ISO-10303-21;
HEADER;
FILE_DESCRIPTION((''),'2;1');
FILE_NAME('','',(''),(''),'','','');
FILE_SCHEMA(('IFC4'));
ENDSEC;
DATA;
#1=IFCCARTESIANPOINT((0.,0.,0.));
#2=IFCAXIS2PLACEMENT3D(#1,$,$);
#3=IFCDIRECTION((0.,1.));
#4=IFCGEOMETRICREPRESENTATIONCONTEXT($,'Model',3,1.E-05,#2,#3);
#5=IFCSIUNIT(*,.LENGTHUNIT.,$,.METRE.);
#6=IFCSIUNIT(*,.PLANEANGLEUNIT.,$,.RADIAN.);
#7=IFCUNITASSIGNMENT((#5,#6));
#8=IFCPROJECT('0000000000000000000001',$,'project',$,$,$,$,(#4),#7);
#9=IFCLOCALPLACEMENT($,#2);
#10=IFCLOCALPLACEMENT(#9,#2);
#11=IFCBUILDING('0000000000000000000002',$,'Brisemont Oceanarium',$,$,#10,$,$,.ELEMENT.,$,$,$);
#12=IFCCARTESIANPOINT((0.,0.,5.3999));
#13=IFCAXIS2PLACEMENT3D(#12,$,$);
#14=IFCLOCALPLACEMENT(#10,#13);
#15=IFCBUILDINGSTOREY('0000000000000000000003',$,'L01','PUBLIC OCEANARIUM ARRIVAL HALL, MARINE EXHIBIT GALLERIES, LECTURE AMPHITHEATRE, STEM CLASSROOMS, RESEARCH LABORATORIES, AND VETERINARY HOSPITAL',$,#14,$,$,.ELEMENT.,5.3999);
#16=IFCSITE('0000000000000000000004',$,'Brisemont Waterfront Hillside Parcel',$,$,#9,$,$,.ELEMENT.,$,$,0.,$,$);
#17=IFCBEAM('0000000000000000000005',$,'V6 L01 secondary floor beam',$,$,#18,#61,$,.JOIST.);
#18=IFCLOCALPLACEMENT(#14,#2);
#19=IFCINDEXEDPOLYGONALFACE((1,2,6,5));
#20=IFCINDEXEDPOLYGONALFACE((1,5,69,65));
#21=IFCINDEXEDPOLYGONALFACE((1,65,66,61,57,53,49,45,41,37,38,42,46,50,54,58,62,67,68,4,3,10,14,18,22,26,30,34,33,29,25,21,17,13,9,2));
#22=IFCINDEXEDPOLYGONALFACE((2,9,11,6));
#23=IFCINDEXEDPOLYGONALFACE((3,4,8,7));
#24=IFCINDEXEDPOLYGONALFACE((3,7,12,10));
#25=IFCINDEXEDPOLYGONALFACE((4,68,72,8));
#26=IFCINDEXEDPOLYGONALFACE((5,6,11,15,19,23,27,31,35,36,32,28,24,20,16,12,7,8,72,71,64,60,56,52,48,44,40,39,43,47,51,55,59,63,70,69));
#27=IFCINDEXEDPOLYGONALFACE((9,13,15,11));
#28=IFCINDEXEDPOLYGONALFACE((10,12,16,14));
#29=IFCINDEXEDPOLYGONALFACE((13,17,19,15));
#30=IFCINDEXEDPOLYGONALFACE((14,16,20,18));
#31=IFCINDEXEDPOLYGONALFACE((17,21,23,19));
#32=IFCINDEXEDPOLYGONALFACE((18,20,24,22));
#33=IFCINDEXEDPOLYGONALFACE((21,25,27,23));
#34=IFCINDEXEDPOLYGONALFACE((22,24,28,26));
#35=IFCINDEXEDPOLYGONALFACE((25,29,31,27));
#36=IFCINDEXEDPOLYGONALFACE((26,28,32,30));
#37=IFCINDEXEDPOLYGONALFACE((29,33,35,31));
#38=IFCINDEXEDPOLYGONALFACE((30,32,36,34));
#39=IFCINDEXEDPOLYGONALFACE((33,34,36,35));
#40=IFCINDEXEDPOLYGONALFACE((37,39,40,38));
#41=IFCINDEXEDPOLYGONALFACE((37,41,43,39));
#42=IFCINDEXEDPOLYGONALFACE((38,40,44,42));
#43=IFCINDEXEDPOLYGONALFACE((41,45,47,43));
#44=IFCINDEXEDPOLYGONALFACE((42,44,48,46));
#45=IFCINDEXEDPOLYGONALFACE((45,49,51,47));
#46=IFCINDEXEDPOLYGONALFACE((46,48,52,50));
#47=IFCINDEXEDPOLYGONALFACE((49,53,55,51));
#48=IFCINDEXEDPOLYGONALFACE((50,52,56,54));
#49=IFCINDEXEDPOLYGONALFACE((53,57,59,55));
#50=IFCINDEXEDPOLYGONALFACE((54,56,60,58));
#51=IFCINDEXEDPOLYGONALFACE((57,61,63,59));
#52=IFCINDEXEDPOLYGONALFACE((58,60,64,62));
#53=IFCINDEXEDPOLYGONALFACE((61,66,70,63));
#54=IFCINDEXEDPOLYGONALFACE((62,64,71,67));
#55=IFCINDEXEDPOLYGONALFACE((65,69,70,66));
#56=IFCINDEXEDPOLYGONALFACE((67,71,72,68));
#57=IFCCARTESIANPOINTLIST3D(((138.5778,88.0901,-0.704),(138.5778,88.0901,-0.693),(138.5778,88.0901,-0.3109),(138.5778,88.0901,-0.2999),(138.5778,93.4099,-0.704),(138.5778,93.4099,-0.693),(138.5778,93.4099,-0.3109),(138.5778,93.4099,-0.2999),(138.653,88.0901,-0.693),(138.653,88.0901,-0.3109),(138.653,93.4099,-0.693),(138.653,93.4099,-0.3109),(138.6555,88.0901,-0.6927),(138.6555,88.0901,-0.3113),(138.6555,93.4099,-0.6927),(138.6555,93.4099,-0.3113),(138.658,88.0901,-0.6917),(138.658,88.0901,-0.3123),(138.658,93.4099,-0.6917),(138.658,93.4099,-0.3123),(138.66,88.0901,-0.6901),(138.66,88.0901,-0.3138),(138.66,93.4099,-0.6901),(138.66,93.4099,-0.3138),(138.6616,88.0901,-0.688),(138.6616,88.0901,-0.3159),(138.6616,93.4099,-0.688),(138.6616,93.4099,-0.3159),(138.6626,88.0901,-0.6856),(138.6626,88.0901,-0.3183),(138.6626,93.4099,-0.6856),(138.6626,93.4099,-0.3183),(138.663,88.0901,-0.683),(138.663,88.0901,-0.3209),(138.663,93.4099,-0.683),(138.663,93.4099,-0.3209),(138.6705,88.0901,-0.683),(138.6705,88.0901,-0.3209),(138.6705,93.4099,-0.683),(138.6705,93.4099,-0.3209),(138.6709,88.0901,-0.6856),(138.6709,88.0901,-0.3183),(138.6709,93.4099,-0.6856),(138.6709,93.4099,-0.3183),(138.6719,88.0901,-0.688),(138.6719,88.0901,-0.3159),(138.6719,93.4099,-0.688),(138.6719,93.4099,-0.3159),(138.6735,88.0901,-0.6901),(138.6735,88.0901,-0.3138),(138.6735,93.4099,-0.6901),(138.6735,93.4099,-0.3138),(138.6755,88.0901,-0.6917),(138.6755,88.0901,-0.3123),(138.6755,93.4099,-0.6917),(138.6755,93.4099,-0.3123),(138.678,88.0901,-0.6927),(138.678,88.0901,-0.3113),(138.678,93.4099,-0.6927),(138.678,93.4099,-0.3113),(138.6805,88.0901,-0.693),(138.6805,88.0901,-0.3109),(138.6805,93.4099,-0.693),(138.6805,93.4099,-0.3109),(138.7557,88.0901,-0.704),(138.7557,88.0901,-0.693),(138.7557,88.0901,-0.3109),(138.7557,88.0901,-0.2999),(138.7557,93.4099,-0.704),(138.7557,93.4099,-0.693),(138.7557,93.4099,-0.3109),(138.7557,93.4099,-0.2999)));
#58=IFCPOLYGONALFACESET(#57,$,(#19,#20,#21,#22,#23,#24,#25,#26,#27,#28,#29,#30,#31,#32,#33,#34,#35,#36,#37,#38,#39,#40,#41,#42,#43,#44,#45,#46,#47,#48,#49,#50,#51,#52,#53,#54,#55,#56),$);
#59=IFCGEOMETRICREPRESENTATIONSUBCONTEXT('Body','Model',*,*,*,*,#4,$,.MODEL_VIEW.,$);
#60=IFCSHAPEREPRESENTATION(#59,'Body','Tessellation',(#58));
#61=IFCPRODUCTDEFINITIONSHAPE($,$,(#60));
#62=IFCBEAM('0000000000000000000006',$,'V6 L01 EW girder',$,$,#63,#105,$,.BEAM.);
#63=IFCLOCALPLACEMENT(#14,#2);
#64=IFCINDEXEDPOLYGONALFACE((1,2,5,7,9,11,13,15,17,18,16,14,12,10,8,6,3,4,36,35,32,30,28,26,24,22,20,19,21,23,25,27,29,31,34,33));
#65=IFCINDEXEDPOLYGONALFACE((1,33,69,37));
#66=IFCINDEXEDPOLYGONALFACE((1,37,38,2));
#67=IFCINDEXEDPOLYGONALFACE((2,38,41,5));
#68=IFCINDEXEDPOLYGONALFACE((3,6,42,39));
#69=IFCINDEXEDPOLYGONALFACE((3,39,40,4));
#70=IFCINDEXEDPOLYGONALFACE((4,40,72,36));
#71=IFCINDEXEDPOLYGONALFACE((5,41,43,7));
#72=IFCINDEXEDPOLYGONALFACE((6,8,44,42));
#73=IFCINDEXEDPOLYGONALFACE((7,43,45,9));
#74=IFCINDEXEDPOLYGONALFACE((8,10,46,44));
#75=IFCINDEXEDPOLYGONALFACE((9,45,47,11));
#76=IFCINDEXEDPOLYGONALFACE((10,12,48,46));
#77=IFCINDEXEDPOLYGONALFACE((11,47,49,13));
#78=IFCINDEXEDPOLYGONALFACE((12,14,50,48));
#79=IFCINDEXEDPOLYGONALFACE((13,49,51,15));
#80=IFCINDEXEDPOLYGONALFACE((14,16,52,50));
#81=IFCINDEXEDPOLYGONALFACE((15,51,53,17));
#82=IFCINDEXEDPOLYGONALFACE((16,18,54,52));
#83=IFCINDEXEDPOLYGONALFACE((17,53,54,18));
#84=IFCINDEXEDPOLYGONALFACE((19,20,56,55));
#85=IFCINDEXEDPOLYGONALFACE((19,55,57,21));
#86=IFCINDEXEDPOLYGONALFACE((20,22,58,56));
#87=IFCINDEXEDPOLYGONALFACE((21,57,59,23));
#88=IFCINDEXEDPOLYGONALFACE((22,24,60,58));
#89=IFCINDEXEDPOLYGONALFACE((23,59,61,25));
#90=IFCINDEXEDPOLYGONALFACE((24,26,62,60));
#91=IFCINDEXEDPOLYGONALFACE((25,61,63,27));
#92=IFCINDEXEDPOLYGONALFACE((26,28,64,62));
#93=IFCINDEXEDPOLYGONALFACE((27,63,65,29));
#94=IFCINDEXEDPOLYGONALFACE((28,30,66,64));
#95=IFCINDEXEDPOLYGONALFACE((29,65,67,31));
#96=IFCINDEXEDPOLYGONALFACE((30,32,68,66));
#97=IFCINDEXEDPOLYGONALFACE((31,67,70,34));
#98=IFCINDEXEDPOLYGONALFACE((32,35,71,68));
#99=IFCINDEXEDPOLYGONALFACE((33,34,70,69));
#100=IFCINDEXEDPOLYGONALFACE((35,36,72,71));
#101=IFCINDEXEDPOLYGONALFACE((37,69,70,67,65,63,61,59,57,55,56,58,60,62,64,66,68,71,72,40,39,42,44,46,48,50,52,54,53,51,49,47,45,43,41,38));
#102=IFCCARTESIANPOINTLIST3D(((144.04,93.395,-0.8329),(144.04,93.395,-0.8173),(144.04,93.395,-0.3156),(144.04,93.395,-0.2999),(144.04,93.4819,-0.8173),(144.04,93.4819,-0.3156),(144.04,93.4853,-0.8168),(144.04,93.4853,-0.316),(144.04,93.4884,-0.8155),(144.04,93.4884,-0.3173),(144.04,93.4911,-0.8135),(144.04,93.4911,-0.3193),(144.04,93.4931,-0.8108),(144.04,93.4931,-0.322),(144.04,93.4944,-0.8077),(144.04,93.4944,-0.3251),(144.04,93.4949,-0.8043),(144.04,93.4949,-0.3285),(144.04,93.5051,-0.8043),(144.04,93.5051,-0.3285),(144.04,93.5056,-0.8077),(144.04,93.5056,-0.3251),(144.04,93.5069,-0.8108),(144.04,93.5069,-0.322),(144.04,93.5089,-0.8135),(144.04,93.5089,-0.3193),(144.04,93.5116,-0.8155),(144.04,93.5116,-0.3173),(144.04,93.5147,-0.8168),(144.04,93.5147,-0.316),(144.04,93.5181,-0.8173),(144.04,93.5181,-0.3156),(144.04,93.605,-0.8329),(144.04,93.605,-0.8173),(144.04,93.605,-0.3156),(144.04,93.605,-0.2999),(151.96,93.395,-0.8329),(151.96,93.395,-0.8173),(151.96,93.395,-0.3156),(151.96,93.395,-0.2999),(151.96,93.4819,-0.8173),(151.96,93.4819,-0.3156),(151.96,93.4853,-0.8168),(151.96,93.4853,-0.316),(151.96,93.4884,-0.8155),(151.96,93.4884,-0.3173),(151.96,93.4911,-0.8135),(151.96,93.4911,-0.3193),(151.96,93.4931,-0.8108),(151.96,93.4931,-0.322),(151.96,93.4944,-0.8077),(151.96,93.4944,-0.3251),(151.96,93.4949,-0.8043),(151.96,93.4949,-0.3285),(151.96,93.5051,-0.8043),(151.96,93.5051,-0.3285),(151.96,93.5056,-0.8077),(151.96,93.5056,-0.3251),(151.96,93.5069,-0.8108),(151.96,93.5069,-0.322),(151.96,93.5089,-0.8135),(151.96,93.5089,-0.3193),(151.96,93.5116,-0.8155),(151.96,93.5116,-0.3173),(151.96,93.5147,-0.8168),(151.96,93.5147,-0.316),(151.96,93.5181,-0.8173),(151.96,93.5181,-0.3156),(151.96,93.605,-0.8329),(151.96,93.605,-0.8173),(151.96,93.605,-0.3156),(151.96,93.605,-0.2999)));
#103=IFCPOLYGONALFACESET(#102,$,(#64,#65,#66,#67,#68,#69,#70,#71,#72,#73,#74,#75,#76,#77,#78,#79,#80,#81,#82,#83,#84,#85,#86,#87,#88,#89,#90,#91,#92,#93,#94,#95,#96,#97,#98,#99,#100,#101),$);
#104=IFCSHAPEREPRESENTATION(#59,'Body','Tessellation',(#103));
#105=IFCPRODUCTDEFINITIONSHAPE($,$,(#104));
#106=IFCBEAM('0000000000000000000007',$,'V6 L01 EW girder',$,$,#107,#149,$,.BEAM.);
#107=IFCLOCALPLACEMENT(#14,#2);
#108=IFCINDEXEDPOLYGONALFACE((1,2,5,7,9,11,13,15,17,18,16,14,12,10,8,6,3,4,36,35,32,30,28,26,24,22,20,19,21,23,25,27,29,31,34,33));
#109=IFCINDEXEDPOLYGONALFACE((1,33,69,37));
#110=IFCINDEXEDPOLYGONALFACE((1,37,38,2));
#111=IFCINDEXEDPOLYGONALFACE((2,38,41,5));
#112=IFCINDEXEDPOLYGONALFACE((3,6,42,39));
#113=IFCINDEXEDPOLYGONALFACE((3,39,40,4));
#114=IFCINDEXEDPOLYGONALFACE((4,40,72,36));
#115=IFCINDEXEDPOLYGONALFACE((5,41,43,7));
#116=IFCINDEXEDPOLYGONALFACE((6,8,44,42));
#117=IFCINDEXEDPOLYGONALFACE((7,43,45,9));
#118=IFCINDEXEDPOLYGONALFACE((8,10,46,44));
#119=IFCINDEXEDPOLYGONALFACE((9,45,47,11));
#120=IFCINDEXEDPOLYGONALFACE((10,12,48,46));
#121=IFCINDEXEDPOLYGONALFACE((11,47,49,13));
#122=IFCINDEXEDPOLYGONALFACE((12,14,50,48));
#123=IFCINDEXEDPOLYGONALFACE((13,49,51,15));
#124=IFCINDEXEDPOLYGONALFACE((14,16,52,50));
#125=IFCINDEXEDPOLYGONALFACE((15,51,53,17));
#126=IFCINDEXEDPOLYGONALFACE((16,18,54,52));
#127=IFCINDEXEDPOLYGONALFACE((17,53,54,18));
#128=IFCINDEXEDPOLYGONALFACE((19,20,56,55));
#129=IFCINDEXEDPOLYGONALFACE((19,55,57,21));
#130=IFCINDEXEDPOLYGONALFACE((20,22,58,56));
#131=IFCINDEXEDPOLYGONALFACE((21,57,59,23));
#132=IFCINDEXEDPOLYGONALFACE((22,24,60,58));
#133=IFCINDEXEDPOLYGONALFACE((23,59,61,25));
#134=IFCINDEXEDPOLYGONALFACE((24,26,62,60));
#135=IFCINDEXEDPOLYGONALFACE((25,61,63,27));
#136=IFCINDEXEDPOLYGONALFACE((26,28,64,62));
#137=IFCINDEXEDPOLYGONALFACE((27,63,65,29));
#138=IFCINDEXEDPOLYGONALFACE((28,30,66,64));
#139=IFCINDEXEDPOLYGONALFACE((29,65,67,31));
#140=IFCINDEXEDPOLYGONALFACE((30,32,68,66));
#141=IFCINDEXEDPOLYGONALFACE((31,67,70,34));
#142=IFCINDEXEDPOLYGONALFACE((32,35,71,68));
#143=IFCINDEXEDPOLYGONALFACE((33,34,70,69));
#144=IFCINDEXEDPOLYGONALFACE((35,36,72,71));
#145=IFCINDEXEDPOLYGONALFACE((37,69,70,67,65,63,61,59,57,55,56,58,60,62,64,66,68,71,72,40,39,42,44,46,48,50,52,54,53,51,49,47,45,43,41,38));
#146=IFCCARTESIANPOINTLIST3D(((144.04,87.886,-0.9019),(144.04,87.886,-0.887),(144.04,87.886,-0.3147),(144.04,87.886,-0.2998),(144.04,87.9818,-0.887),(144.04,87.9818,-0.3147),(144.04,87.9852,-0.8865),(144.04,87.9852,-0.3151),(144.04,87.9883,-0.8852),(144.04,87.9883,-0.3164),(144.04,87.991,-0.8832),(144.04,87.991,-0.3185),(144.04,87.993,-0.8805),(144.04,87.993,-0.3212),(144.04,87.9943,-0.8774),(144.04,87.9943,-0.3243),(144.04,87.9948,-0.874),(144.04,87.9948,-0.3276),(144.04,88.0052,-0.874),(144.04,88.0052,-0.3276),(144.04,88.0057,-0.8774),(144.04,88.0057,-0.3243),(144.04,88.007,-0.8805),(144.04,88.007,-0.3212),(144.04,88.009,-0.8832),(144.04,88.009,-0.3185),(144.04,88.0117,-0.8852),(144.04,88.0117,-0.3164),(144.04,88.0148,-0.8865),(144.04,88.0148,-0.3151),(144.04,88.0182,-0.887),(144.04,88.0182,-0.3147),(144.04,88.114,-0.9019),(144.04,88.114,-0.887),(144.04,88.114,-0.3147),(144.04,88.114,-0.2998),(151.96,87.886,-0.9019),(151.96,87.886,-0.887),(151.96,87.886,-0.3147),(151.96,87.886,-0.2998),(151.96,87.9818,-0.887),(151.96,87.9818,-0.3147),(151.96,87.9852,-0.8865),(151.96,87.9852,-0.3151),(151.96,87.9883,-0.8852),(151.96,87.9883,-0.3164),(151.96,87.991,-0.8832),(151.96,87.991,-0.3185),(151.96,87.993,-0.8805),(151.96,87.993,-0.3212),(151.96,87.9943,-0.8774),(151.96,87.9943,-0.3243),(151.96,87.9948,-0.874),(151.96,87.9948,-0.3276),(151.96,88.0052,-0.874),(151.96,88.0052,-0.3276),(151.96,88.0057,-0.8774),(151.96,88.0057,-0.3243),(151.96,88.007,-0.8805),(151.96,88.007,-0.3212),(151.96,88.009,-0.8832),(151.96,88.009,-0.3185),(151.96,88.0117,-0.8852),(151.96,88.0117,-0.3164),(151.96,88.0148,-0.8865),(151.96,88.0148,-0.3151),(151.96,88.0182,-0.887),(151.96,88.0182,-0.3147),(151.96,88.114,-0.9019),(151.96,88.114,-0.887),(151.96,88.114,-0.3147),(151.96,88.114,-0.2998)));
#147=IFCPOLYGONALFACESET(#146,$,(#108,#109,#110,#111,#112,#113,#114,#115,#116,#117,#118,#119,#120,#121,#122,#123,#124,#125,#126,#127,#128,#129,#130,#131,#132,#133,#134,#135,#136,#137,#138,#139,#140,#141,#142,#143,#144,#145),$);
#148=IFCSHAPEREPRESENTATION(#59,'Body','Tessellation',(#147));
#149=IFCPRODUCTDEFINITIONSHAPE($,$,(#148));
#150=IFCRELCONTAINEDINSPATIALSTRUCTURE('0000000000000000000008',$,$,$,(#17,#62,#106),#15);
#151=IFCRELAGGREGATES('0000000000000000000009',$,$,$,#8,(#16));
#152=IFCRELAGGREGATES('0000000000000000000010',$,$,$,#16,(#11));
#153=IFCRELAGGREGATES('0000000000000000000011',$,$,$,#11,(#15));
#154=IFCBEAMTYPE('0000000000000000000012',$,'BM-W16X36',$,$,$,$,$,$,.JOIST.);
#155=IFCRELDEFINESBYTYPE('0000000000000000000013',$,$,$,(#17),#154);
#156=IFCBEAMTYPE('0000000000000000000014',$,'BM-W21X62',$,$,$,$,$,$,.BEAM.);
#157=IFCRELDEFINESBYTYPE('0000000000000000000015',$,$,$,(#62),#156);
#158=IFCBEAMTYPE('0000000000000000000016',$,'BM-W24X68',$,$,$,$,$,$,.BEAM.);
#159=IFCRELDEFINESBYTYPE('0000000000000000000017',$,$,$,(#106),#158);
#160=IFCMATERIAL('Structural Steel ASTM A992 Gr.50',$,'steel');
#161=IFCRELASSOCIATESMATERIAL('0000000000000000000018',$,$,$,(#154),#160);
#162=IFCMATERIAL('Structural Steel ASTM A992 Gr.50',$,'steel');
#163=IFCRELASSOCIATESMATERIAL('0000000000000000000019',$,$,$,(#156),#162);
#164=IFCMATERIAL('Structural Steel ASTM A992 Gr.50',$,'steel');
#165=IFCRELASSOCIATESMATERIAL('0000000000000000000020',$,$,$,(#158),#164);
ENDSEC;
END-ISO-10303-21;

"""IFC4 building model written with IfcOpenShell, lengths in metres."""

from ifc_helpers import new_model, si_unit, direction, frame, origin, origin_2d, place, context, subcontext, project, spatial, i_section, extrude, material, material_profile, profile_set, type_object, element, save


model = new_model("IFC4")

# Units and contexts
model_context = context("Model", 3, precision=1e-05, world=origin(), true_north=direction((0.0, 1.0)))
body_context = subcontext(model_context, "Body", "Model", "MODEL_VIEW")
ifc_project = project(units=[si_unit("LENGTHUNIT", "METRE"), si_unit("PLANEANGLEUNIT", "RADIAN")], contexts=[model_context])

# Site, building, storey
site_placement = place(None, origin())
site = spatial("IfcSite", under=ifc_project, at=site_placement, Name="Brisemont Waterfront Hillside Parcel", CompositionType="ELEMENT", RefElevation=0.0)
building_placement = place(site_placement, origin())
building = spatial("IfcBuilding", under=site, at=building_placement, Name="Brisemont Oceanarium", CompositionType="ELEMENT")
storey_placement = place(building_placement, frame((0.0, 0.0, 5.3999)))
storey = spatial("IfcBuildingStorey", under=building, at=storey_placement, Name="L01", Description="PUBLIC OCEANARIUM ARRIVAL HALL, MARINE EXHIBIT GALLERIES, LECTURE AMPHITHEATRE, STEM CLASSROOMS, RESEARCH LABORATORIES, AND VETERINARY HOSPITAL", CompositionType="ELEMENT", Elevation=5.3999)

# Beams
ifc_material_1 = material(Name="Structural Steel ASTM A992 Gr.50", Category="steel")
ifc_material_profile_1 = material_profile(ifc_material_1, i_section(OverallWidth=0.178, OverallDepth=0.4041, WebThickness=0.0076, FlangeThickness=0.011, FilletRadius=0.01, at=origin_2d()), Name="W16X36")
ifc_profile_set_1 = profile_set([ifc_material_profile_1], Name="Structural Steel ASTM A992 Gr.50")
beam_type_1 = type_object("IfcBeamType", Name="BM-W16X36", PredefinedType="JOIST", material=ifc_profile_set_1)
beam_1_placement = place(storey_placement, frame((138.6667, 88.0901, -0.502), z_axis=(0.0, 1.0, 0.0), x_axis=(-1.0, 0.0, 0.0)))
element("IfcBeam", 1, at=beam_1_placement, inside=storey, type_object=beam_type_1, Name="V6 L01 secondary floor beam", PredefinedType="JOIST", context=body_context, shape_type="SweptSolid", body=[
    extrude(i_section(OverallWidth=0.178, OverallDepth=0.4041, WebThickness=0.0076, FlangeThickness=0.011, FilletRadius=0.01, at=origin_2d()), origin(), (0.0, 0.0, 1.0), 5.3198),
])
ifc_material_2 = material(Name="Structural Steel ASTM A992 Gr.50", Category="steel")
ifc_material_profile_2 = material_profile(ifc_material_2, i_section(OverallWidth=0.21, OverallDepth=0.533, WebThickness=0.0103, FlangeThickness=0.0156, FilletRadius=0.0129, at=origin_2d()), Name="W21X62")
ifc_profile_set_2 = profile_set([ifc_material_profile_2], Name="Structural Steel ASTM A992 Gr.50")
beam_type_2 = type_object("IfcBeamType", Name="BM-W21X62", PredefinedType="BEAM", material=ifc_profile_set_2)
beam_2_placement = place(storey_placement, frame((144.04, 93.5, -0.5664), z_axis=(1.0, 0.0, 0.0), x_axis=(0.0, 1.0, 0.0)))
element("IfcBeam", 2, at=beam_2_placement, inside=storey, type_object=beam_type_2, Name="V6 L01 EW girder", PredefinedType="BEAM", context=body_context, shape_type="SweptSolid", body=[
    extrude(i_section(OverallWidth=0.21, OverallDepth=0.533, WebThickness=0.0103, FlangeThickness=0.0156, FilletRadius=0.0129, at=origin_2d()), origin(), (0.0, 0.0, 1.0), 7.9199),
])
ifc_material_3 = material(Name="Structural Steel ASTM A992 Gr.50", Category="steel")
ifc_material_profile_3 = material_profile(ifc_material_3, i_section(OverallWidth=0.228, OverallDepth=0.6021, WebThickness=0.0105, FlangeThickness=0.0149, FilletRadius=0.0129, at=origin_2d()), Name="W24X68")
ifc_profile_set_3 = profile_set([ifc_material_profile_3], Name="Structural Steel ASTM A992 Gr.50")
beam_type_3 = type_object("IfcBeamType", Name="BM-W24X68", PredefinedType="BEAM", material=ifc_profile_set_3)
beam_3_placement = place(storey_placement, frame((144.04, 88.0, -0.6008), z_axis=(1.0, 0.0, 0.0), x_axis=(0.0, 1.0, 0.0)))
element("IfcBeam", 3, at=beam_3_placement, inside=storey, type_object=beam_type_3, Name="V6 L01 EW girder", PredefinedType="BEAM", context=body_context, shape_type="SweptSolid", body=[
    extrude(i_section(OverallWidth=0.228, OverallDepth=0.6021, WebThickness=0.0105, FlangeThickness=0.0149, FilletRadius=0.0129, at=origin_2d()), origin(), (0.0, 0.0, 1.0), 7.9199),
])

save(model, "model.ifc")
